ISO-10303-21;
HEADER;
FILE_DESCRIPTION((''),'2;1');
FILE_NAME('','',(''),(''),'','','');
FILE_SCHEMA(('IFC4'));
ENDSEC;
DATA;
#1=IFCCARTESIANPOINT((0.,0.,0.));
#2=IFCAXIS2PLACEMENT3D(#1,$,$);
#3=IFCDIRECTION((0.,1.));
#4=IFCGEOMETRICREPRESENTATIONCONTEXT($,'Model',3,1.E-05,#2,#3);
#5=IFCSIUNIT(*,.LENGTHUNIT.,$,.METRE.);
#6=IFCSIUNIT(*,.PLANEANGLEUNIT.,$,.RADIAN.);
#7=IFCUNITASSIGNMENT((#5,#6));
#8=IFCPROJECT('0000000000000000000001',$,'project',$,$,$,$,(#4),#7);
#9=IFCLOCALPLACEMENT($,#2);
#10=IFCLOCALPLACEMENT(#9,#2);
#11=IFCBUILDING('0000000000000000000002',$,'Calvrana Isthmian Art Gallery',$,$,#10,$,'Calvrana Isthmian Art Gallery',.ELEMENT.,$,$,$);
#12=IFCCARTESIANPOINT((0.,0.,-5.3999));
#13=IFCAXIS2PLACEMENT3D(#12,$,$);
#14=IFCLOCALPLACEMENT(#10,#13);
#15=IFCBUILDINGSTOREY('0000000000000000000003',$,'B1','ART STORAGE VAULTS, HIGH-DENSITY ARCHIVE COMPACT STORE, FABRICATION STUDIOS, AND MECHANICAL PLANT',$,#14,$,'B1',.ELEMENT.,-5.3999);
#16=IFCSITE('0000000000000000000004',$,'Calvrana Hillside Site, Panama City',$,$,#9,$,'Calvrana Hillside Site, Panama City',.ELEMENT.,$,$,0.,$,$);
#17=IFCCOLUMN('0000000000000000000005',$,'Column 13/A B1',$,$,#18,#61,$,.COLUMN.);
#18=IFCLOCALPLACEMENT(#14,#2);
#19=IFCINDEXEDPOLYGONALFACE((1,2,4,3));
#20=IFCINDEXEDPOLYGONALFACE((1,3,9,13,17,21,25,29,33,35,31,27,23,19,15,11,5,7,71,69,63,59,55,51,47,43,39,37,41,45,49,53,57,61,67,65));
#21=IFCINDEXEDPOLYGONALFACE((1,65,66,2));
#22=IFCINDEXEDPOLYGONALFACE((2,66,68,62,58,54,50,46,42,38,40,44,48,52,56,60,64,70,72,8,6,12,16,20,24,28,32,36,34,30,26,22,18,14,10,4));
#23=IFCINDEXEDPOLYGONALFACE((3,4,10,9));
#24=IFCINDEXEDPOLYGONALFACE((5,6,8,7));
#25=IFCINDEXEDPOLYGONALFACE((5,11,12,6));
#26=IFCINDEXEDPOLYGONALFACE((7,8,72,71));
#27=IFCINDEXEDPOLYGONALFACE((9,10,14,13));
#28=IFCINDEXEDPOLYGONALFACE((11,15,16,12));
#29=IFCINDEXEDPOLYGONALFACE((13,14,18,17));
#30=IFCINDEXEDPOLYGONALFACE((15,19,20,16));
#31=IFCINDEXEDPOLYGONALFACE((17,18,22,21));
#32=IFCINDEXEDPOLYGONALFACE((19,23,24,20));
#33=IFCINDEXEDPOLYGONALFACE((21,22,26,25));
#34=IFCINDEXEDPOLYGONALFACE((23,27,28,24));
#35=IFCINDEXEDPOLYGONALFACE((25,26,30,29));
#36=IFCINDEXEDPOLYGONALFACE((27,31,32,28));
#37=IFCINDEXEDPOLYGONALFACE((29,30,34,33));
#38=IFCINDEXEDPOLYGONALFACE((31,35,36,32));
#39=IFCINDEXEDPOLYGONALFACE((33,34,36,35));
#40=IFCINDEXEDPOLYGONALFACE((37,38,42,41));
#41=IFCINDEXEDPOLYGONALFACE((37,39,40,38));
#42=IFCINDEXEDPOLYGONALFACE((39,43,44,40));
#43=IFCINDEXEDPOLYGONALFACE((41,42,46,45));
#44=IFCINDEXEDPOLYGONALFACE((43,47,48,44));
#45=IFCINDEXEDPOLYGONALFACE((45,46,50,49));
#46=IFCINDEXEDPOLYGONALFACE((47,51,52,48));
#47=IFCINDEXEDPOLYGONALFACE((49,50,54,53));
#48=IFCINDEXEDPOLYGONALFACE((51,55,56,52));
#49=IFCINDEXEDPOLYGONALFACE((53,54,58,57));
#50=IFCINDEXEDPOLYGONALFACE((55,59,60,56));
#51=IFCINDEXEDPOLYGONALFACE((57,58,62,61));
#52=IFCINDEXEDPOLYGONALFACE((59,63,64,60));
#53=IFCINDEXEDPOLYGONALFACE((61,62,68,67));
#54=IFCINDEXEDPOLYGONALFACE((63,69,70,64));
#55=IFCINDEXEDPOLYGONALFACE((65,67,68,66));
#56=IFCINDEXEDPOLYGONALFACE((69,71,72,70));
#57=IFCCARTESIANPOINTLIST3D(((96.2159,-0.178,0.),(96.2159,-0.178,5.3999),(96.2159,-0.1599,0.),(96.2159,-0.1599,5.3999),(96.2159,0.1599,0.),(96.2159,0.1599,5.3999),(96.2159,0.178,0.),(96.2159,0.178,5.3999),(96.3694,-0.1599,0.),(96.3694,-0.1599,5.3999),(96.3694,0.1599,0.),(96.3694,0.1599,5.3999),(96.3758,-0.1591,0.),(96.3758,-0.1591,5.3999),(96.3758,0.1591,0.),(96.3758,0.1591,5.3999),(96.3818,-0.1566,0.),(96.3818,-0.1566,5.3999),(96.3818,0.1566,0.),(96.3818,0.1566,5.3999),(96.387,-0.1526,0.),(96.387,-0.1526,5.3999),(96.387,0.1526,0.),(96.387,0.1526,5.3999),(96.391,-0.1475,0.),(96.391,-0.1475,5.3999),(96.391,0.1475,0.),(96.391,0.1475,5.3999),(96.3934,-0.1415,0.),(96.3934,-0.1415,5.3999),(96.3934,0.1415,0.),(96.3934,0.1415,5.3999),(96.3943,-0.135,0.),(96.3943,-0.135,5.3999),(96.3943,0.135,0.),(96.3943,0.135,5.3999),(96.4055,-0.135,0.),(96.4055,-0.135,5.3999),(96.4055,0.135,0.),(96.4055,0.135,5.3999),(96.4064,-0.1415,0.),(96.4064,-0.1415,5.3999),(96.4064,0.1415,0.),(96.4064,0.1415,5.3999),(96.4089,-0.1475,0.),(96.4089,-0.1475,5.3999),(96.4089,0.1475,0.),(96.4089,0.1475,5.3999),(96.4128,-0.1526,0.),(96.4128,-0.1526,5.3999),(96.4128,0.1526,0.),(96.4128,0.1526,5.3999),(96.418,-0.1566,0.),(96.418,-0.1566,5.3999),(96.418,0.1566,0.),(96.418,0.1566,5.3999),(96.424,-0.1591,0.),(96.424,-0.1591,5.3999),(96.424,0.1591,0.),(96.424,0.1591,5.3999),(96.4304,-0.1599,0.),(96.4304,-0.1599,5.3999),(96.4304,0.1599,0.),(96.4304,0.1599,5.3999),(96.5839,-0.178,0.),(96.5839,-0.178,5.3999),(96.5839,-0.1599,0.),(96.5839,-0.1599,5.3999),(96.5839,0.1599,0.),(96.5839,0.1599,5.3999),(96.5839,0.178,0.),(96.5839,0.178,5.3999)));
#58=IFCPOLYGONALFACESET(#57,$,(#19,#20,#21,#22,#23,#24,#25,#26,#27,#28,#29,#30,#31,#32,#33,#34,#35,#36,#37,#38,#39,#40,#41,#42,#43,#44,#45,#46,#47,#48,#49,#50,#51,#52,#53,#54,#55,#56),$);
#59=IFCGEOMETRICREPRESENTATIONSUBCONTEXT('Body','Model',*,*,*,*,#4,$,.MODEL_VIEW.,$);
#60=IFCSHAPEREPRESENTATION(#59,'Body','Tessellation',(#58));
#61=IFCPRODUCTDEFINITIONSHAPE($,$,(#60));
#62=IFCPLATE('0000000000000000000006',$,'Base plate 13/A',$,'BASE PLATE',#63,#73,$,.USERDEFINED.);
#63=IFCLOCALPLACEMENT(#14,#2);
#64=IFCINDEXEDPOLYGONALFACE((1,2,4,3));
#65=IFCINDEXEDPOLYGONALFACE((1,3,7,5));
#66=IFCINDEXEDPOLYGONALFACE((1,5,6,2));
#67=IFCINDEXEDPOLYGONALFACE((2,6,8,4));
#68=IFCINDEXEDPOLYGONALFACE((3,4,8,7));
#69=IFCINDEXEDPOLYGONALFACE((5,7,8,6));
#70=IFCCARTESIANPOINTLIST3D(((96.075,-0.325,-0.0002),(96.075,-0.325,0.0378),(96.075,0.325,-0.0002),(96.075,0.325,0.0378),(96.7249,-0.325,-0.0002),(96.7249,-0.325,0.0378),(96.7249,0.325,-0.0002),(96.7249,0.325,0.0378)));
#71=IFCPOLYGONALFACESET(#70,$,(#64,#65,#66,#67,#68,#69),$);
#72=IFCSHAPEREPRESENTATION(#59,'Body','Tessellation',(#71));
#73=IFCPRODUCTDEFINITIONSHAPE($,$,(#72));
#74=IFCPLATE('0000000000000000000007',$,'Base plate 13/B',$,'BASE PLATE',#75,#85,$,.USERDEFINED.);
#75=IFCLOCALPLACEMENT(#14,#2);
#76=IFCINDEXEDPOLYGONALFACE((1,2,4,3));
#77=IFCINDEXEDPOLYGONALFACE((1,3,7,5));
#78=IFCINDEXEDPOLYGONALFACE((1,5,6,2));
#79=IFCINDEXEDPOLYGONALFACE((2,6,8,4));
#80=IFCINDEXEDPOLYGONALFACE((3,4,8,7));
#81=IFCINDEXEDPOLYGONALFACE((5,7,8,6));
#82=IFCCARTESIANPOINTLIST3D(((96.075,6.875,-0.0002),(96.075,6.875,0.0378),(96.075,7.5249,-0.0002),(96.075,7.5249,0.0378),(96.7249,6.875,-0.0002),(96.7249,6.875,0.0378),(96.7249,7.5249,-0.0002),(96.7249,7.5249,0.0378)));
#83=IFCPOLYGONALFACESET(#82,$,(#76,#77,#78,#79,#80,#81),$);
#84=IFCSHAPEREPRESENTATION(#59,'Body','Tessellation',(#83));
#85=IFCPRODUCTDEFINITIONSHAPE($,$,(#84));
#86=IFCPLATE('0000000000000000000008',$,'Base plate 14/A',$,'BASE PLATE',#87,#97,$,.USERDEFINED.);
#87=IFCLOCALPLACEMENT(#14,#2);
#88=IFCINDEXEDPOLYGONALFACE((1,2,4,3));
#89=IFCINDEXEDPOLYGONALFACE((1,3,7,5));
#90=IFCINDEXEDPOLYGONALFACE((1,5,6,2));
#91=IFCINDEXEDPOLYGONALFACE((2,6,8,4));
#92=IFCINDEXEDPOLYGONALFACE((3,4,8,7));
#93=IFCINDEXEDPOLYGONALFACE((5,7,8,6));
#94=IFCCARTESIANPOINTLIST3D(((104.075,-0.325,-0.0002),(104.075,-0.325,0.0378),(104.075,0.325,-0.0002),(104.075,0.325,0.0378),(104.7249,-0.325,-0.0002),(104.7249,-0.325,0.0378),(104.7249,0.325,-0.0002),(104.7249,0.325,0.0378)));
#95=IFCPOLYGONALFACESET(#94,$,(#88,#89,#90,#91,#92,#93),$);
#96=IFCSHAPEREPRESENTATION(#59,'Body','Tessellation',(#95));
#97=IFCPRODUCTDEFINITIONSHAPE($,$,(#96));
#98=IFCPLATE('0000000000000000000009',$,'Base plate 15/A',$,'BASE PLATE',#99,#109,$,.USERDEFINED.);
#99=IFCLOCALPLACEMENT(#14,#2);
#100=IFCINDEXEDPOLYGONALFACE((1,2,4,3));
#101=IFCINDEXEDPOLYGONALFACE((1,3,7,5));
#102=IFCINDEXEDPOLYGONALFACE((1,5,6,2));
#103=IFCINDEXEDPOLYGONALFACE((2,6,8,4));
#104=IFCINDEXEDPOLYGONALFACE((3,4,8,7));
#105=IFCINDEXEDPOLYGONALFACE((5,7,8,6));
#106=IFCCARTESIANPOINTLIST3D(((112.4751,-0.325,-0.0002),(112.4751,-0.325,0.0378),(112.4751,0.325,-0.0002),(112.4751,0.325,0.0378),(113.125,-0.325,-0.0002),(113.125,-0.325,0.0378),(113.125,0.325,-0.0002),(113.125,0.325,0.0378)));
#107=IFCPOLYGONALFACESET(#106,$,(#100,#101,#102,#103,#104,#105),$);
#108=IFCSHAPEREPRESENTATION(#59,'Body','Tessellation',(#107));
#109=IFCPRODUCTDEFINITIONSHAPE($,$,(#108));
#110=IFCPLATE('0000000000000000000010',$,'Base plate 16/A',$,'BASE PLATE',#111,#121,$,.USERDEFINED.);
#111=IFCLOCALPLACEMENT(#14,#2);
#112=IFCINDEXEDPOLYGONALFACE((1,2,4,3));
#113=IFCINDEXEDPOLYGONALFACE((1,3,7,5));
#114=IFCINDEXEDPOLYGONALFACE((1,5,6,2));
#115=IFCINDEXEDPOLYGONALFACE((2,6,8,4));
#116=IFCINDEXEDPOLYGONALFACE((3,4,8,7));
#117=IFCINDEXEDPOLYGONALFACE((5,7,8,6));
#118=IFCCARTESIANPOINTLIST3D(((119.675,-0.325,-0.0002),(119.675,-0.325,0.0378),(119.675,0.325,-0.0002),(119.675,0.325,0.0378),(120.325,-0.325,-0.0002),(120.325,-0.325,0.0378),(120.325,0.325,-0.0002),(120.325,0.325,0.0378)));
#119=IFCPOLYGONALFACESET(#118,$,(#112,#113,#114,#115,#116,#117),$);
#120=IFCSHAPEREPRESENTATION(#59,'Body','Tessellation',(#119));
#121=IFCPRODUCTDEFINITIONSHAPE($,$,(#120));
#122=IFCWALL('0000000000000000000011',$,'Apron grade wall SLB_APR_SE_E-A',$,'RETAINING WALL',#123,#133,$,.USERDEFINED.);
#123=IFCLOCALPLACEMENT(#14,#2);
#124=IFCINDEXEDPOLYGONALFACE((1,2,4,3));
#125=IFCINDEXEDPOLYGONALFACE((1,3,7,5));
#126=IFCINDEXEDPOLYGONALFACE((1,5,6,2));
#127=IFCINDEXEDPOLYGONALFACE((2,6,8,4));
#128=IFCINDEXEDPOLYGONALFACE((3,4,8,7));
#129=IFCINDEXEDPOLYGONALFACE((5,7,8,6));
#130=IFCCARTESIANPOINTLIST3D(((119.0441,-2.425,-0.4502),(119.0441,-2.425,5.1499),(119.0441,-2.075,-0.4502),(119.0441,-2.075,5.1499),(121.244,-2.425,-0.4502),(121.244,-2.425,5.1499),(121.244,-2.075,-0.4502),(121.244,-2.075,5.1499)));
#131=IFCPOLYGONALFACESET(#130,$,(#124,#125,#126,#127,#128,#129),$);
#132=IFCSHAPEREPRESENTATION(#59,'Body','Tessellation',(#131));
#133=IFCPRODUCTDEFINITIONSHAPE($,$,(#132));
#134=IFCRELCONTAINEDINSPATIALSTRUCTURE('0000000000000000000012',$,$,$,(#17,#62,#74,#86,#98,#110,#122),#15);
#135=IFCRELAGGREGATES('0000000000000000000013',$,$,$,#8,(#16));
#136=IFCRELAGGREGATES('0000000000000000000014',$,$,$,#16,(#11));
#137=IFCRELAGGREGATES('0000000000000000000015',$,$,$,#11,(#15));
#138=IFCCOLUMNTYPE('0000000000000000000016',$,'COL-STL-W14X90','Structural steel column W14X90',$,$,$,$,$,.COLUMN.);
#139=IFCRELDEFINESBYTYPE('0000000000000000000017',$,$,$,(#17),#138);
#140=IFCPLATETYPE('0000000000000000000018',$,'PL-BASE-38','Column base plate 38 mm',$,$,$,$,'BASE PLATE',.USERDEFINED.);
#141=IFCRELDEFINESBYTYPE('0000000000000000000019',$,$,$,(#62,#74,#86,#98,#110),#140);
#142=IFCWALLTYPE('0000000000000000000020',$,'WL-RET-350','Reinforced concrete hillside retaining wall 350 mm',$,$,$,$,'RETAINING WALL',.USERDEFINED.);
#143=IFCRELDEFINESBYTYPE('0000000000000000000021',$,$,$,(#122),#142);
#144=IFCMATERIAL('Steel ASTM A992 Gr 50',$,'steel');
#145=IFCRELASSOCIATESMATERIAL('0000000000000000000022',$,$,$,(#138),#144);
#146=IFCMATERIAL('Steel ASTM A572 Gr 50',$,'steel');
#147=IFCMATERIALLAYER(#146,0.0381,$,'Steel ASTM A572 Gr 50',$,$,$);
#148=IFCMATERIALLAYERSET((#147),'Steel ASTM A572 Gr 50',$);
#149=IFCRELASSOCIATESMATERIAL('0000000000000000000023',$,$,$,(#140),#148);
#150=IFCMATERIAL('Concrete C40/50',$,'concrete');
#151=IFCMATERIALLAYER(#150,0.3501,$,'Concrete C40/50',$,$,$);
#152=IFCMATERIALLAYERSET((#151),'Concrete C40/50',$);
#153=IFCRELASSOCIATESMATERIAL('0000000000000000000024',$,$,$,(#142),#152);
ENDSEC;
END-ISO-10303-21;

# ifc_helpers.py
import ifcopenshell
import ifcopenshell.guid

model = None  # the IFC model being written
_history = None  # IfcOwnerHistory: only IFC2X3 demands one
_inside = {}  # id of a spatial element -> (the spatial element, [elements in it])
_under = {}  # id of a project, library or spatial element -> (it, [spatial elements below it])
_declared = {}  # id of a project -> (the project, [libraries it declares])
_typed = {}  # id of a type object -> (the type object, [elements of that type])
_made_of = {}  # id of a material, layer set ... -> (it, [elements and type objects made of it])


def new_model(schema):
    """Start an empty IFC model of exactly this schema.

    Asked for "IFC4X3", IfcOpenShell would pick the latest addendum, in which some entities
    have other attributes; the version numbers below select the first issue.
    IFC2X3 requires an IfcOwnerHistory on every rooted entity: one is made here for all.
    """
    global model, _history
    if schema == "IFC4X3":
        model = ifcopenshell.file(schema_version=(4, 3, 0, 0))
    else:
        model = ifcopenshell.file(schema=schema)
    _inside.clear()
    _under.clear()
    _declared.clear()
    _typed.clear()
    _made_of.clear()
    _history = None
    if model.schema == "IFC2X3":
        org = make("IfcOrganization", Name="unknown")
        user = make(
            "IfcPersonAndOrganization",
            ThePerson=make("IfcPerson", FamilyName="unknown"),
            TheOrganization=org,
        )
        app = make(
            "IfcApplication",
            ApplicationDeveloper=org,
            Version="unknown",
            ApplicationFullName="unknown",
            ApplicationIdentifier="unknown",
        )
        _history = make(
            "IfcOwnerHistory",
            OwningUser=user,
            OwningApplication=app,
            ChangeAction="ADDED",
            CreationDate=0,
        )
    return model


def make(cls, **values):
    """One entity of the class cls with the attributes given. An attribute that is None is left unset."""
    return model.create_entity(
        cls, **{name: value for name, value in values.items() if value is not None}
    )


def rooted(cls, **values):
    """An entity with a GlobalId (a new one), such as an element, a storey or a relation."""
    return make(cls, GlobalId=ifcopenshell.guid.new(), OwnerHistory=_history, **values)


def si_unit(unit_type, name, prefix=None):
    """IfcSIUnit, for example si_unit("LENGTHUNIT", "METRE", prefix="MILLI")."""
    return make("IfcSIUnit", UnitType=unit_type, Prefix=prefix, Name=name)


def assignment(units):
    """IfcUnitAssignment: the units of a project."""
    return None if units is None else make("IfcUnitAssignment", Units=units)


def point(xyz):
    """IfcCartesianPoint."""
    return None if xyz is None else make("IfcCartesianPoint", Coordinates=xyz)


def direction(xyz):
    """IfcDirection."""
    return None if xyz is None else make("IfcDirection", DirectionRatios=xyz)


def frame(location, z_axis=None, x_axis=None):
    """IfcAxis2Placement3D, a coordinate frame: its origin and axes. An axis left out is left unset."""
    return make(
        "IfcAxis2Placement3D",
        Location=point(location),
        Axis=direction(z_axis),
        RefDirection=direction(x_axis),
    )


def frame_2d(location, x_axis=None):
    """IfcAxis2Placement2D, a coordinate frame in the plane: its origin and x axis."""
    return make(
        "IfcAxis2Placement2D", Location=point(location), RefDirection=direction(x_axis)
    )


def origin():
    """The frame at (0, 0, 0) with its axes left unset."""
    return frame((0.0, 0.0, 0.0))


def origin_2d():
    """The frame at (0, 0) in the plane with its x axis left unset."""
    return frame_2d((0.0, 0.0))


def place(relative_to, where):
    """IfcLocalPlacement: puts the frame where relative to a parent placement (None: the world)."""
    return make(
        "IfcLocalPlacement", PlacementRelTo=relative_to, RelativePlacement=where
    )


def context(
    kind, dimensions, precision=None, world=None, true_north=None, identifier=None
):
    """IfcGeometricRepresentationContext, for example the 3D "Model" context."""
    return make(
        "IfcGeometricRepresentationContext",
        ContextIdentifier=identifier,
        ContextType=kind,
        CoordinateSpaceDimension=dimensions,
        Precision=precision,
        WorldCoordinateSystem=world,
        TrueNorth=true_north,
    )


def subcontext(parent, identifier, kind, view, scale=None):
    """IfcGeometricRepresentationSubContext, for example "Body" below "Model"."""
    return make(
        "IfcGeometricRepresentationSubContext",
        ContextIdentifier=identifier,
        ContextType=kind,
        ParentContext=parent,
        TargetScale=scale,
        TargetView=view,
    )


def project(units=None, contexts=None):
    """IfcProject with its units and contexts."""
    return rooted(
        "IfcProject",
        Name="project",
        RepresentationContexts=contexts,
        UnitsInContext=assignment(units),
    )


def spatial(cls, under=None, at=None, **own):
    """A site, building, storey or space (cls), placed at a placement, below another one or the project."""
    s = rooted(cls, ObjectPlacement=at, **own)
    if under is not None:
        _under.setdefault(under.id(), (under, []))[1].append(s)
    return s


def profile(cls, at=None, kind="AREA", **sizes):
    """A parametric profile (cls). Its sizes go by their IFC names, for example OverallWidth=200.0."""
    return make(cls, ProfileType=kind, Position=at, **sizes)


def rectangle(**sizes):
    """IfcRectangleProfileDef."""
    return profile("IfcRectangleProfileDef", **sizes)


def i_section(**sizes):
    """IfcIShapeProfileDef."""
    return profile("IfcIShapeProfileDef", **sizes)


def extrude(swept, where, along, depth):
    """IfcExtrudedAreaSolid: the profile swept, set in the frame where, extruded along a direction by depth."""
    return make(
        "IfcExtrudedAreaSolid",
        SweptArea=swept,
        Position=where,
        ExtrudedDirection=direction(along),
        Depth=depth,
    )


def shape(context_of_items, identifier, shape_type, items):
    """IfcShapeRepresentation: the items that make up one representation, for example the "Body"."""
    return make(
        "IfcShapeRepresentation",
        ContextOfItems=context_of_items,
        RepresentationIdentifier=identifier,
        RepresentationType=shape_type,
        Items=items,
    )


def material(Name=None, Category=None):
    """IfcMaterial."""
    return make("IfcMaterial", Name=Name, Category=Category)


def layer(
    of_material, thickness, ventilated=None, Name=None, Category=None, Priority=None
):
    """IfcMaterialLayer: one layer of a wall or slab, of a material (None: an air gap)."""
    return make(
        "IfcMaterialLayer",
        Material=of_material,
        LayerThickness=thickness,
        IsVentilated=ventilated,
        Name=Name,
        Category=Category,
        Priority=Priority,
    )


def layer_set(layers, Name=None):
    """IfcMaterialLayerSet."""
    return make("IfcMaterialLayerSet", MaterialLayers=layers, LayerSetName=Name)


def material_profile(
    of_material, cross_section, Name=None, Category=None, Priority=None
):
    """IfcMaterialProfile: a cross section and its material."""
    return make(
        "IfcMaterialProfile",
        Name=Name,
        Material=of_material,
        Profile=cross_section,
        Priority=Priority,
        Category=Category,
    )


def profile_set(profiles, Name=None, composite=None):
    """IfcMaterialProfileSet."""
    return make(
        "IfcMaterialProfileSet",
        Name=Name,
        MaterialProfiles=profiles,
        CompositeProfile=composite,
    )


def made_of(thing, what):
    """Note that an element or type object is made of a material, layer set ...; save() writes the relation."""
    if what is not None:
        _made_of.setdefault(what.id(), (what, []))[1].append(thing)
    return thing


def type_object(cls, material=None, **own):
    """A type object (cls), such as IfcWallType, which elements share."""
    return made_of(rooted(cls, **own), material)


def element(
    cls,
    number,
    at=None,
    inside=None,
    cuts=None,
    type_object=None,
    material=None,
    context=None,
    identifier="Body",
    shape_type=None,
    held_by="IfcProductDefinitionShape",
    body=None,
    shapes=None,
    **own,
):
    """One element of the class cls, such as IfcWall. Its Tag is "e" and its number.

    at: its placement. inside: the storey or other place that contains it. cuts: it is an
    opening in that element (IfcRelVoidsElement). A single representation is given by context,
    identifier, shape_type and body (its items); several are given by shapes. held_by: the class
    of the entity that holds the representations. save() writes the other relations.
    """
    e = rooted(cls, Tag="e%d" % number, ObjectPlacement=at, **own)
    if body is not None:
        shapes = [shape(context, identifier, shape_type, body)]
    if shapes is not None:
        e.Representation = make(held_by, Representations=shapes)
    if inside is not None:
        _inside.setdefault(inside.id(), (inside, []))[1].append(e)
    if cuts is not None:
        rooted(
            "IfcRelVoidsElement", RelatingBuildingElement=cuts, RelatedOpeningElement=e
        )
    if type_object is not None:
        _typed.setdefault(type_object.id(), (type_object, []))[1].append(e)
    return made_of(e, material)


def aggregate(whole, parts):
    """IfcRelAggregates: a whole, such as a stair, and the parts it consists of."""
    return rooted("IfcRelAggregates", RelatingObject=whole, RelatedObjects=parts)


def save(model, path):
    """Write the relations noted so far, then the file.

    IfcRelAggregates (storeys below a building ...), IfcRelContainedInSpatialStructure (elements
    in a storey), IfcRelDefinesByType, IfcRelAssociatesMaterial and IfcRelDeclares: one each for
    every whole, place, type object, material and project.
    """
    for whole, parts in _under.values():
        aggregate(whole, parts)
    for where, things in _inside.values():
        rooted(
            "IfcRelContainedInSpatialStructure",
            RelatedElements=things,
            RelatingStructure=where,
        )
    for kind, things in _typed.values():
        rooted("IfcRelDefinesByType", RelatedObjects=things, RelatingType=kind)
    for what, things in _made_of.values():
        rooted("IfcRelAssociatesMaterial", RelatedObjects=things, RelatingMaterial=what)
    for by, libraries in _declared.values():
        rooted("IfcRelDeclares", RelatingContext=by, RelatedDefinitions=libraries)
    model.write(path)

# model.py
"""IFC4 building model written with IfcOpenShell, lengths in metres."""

from ifc_helpers import new_model, si_unit, direction, frame, frame_2d, origin, origin_2d, place, context, subcontext, project, spatial, rectangle, i_section, extrude, material, layer, layer_set, material_profile, profile_set, type_object, element, save


model = new_model("IFC4")

# Units and contexts
model_context = context("Model", 3, precision=1e-05, world=origin(), true_north=direction((0.0, 1.0)))
body_context = subcontext(model_context, "Body", "Model", "MODEL_VIEW")
ifc_project = project(units=[si_unit("LENGTHUNIT", "METRE"), si_unit("PLANEANGLEUNIT", "RADIAN")], contexts=[model_context])

# Site, building, storey
site_placement = place(None, origin())
site = spatial("IfcSite", under=ifc_project, at=site_placement, Name="Calvrana Hillside Site, Panama City", LongName="Calvrana Hillside Site, Panama City", CompositionType="ELEMENT", RefElevation=0.0)
building_placement = place(site_placement, origin())
building = spatial("IfcBuilding", under=site, at=building_placement, Name="Calvrana Isthmian Art Gallery", LongName="Calvrana Isthmian Art Gallery", CompositionType="ELEMENT")
storey_placement = place(building_placement, frame((0.0, 0.0, -5.3999)))
storey = spatial("IfcBuildingStorey", under=building, at=storey_placement, Name="B1", Description="ART STORAGE VAULTS, HIGH-DENSITY ARCHIVE COMPACT STORE, FABRICATION STUDIOS, AND MECHANICAL PLANT", LongName="B1", CompositionType="ELEMENT", Elevation=-5.3999)

# Column
ifc_material_1 = material(Name="Concrete C40/50", Category="concrete")
ifc_material_2 = material(Name="Steel ASTM A992 Gr 50", Category="steel")
ifc_material_profile_1 = material_profile(ifc_material_2, i_section(OverallWidth=0.3679, OverallDepth=0.356, WebThickness=0.0112, FlangeThickness=0.0181, FilletRadius=0.0249, at=origin_2d()), Name="W14X90")
ifc_profile_set_1 = profile_set([ifc_material_profile_1], Name="Steel ASTM A992 Gr 50")
column_type_1 = type_object("IfcColumnType", Name="COL-STL-W14X90", Description="Structural steel column W14X90", PredefinedType="COLUMN", material=ifc_profile_set_1)
column_1_placement = place(storey_placement, frame((96.3999, 0.0, 0.0), z_axis=(0.0, 0.0, 1.0), x_axis=(1.0, 0.0, 0.0)))
element("IfcColumn", 1, at=column_1_placement, inside=storey, type_object=column_type_1, Name="Column 13/A B1", PredefinedType="COLUMN", context=body_context, shape_type="SweptSolid", body=[
    extrude(i_section(OverallWidth=0.3679, OverallDepth=0.356, WebThickness=0.0112, FlangeThickness=0.0181, FilletRadius=0.0249, at=origin_2d()), origin(), (0.0, 0.0, 1.0), 5.3999),
])

# Plates
ifc_material_3 = material(Name="Steel ASTM A572 Gr 50", Category="steel")
ifc_layer_1 = layer(ifc_material_3, 0.0381, Name="Steel ASTM A572 Gr 50")
ifc_layer_set_1 = layer_set([ifc_layer_1], Name="Steel ASTM A572 Gr 50")
plate_type = type_object("IfcPlateType", Name="PL-BASE-38", Description="Column base plate 38 mm", ElementType="BASE PLATE", PredefinedType="USERDEFINED", material=ifc_layer_set_1)
for number, where, z_axis, x_axis, name in (
    (2, (96.3999, 0.0, -0.0002), (0.0, 0.0, 1.0), (1.0, 0.0, 0.0), "Base plate 13/A"),
    (3, (96.3999, 7.2, -0.0002), (0.0, 0.0, 1.0), (1.0, 0.0, 0.0), "Base plate 13/B"),
    (4, (104.3999, 0.0, -0.0002), (0.0, 0.0, 1.0), (1.0, 0.0, 0.0), "Base plate 14/A"),
    (5, (112.8, 0.0, -0.0002), (0.0, 0.0, 1.0), (1.0, 0.0, 0.0), "Base plate 15/A"),
    (6, (120.0, 0.0, -0.0002), (0.0, 0.0, 1.0), (1.0, 0.0, 0.0), "Base plate 16/A"),
):
    element("IfcPlate", number, at=place(storey_placement, frame(where, z_axis=z_axis, x_axis=x_axis)), inside=storey, type_object=plate_type, Name=name, ObjectType="BASE PLATE", PredefinedType="USERDEFINED", context=body_context, shape_type="SweptSolid", body=[
        extrude(rectangle(XDim=0.6499, YDim=0.6499, at=origin_2d()), origin(), (0.0, 0.0, 1.0), 0.0381),
    ])

# Wall
ifc_layer_2 = layer(ifc_material_1, 0.3501, Name="Concrete C40/50")
ifc_layer_set_2 = layer_set([ifc_layer_2], Name="Concrete C40/50")
wall_type = type_object("IfcWallType", Name="WL-RET-350", Description="Reinforced concrete hillside retaining wall 350 mm", ElementType="RETAINING WALL", PredefinedType="USERDEFINED", material=ifc_layer_set_2)
wall_placement = place(storey_placement, frame((119.0439, -2.25, -0.4502), z_axis=(0.0, 0.0, 1.0), x_axis=(1.0, 0.0, 0.0)))
element("IfcWall", 7, at=wall_placement, inside=storey, type_object=wall_type, Name="Apron grade wall SLB_APR_SE_E-A", ObjectType="RETAINING WALL", PredefinedType="USERDEFINED", context=body_context, shape_type="SweptSolid", body=[
    extrude(rectangle(XDim=2.2, YDim=0.3501, at=frame_2d((1.1001, 0.0))), origin(), (0.0, 0.0, 1.0), 5.6001),
])

save(model, "model.ifc")
